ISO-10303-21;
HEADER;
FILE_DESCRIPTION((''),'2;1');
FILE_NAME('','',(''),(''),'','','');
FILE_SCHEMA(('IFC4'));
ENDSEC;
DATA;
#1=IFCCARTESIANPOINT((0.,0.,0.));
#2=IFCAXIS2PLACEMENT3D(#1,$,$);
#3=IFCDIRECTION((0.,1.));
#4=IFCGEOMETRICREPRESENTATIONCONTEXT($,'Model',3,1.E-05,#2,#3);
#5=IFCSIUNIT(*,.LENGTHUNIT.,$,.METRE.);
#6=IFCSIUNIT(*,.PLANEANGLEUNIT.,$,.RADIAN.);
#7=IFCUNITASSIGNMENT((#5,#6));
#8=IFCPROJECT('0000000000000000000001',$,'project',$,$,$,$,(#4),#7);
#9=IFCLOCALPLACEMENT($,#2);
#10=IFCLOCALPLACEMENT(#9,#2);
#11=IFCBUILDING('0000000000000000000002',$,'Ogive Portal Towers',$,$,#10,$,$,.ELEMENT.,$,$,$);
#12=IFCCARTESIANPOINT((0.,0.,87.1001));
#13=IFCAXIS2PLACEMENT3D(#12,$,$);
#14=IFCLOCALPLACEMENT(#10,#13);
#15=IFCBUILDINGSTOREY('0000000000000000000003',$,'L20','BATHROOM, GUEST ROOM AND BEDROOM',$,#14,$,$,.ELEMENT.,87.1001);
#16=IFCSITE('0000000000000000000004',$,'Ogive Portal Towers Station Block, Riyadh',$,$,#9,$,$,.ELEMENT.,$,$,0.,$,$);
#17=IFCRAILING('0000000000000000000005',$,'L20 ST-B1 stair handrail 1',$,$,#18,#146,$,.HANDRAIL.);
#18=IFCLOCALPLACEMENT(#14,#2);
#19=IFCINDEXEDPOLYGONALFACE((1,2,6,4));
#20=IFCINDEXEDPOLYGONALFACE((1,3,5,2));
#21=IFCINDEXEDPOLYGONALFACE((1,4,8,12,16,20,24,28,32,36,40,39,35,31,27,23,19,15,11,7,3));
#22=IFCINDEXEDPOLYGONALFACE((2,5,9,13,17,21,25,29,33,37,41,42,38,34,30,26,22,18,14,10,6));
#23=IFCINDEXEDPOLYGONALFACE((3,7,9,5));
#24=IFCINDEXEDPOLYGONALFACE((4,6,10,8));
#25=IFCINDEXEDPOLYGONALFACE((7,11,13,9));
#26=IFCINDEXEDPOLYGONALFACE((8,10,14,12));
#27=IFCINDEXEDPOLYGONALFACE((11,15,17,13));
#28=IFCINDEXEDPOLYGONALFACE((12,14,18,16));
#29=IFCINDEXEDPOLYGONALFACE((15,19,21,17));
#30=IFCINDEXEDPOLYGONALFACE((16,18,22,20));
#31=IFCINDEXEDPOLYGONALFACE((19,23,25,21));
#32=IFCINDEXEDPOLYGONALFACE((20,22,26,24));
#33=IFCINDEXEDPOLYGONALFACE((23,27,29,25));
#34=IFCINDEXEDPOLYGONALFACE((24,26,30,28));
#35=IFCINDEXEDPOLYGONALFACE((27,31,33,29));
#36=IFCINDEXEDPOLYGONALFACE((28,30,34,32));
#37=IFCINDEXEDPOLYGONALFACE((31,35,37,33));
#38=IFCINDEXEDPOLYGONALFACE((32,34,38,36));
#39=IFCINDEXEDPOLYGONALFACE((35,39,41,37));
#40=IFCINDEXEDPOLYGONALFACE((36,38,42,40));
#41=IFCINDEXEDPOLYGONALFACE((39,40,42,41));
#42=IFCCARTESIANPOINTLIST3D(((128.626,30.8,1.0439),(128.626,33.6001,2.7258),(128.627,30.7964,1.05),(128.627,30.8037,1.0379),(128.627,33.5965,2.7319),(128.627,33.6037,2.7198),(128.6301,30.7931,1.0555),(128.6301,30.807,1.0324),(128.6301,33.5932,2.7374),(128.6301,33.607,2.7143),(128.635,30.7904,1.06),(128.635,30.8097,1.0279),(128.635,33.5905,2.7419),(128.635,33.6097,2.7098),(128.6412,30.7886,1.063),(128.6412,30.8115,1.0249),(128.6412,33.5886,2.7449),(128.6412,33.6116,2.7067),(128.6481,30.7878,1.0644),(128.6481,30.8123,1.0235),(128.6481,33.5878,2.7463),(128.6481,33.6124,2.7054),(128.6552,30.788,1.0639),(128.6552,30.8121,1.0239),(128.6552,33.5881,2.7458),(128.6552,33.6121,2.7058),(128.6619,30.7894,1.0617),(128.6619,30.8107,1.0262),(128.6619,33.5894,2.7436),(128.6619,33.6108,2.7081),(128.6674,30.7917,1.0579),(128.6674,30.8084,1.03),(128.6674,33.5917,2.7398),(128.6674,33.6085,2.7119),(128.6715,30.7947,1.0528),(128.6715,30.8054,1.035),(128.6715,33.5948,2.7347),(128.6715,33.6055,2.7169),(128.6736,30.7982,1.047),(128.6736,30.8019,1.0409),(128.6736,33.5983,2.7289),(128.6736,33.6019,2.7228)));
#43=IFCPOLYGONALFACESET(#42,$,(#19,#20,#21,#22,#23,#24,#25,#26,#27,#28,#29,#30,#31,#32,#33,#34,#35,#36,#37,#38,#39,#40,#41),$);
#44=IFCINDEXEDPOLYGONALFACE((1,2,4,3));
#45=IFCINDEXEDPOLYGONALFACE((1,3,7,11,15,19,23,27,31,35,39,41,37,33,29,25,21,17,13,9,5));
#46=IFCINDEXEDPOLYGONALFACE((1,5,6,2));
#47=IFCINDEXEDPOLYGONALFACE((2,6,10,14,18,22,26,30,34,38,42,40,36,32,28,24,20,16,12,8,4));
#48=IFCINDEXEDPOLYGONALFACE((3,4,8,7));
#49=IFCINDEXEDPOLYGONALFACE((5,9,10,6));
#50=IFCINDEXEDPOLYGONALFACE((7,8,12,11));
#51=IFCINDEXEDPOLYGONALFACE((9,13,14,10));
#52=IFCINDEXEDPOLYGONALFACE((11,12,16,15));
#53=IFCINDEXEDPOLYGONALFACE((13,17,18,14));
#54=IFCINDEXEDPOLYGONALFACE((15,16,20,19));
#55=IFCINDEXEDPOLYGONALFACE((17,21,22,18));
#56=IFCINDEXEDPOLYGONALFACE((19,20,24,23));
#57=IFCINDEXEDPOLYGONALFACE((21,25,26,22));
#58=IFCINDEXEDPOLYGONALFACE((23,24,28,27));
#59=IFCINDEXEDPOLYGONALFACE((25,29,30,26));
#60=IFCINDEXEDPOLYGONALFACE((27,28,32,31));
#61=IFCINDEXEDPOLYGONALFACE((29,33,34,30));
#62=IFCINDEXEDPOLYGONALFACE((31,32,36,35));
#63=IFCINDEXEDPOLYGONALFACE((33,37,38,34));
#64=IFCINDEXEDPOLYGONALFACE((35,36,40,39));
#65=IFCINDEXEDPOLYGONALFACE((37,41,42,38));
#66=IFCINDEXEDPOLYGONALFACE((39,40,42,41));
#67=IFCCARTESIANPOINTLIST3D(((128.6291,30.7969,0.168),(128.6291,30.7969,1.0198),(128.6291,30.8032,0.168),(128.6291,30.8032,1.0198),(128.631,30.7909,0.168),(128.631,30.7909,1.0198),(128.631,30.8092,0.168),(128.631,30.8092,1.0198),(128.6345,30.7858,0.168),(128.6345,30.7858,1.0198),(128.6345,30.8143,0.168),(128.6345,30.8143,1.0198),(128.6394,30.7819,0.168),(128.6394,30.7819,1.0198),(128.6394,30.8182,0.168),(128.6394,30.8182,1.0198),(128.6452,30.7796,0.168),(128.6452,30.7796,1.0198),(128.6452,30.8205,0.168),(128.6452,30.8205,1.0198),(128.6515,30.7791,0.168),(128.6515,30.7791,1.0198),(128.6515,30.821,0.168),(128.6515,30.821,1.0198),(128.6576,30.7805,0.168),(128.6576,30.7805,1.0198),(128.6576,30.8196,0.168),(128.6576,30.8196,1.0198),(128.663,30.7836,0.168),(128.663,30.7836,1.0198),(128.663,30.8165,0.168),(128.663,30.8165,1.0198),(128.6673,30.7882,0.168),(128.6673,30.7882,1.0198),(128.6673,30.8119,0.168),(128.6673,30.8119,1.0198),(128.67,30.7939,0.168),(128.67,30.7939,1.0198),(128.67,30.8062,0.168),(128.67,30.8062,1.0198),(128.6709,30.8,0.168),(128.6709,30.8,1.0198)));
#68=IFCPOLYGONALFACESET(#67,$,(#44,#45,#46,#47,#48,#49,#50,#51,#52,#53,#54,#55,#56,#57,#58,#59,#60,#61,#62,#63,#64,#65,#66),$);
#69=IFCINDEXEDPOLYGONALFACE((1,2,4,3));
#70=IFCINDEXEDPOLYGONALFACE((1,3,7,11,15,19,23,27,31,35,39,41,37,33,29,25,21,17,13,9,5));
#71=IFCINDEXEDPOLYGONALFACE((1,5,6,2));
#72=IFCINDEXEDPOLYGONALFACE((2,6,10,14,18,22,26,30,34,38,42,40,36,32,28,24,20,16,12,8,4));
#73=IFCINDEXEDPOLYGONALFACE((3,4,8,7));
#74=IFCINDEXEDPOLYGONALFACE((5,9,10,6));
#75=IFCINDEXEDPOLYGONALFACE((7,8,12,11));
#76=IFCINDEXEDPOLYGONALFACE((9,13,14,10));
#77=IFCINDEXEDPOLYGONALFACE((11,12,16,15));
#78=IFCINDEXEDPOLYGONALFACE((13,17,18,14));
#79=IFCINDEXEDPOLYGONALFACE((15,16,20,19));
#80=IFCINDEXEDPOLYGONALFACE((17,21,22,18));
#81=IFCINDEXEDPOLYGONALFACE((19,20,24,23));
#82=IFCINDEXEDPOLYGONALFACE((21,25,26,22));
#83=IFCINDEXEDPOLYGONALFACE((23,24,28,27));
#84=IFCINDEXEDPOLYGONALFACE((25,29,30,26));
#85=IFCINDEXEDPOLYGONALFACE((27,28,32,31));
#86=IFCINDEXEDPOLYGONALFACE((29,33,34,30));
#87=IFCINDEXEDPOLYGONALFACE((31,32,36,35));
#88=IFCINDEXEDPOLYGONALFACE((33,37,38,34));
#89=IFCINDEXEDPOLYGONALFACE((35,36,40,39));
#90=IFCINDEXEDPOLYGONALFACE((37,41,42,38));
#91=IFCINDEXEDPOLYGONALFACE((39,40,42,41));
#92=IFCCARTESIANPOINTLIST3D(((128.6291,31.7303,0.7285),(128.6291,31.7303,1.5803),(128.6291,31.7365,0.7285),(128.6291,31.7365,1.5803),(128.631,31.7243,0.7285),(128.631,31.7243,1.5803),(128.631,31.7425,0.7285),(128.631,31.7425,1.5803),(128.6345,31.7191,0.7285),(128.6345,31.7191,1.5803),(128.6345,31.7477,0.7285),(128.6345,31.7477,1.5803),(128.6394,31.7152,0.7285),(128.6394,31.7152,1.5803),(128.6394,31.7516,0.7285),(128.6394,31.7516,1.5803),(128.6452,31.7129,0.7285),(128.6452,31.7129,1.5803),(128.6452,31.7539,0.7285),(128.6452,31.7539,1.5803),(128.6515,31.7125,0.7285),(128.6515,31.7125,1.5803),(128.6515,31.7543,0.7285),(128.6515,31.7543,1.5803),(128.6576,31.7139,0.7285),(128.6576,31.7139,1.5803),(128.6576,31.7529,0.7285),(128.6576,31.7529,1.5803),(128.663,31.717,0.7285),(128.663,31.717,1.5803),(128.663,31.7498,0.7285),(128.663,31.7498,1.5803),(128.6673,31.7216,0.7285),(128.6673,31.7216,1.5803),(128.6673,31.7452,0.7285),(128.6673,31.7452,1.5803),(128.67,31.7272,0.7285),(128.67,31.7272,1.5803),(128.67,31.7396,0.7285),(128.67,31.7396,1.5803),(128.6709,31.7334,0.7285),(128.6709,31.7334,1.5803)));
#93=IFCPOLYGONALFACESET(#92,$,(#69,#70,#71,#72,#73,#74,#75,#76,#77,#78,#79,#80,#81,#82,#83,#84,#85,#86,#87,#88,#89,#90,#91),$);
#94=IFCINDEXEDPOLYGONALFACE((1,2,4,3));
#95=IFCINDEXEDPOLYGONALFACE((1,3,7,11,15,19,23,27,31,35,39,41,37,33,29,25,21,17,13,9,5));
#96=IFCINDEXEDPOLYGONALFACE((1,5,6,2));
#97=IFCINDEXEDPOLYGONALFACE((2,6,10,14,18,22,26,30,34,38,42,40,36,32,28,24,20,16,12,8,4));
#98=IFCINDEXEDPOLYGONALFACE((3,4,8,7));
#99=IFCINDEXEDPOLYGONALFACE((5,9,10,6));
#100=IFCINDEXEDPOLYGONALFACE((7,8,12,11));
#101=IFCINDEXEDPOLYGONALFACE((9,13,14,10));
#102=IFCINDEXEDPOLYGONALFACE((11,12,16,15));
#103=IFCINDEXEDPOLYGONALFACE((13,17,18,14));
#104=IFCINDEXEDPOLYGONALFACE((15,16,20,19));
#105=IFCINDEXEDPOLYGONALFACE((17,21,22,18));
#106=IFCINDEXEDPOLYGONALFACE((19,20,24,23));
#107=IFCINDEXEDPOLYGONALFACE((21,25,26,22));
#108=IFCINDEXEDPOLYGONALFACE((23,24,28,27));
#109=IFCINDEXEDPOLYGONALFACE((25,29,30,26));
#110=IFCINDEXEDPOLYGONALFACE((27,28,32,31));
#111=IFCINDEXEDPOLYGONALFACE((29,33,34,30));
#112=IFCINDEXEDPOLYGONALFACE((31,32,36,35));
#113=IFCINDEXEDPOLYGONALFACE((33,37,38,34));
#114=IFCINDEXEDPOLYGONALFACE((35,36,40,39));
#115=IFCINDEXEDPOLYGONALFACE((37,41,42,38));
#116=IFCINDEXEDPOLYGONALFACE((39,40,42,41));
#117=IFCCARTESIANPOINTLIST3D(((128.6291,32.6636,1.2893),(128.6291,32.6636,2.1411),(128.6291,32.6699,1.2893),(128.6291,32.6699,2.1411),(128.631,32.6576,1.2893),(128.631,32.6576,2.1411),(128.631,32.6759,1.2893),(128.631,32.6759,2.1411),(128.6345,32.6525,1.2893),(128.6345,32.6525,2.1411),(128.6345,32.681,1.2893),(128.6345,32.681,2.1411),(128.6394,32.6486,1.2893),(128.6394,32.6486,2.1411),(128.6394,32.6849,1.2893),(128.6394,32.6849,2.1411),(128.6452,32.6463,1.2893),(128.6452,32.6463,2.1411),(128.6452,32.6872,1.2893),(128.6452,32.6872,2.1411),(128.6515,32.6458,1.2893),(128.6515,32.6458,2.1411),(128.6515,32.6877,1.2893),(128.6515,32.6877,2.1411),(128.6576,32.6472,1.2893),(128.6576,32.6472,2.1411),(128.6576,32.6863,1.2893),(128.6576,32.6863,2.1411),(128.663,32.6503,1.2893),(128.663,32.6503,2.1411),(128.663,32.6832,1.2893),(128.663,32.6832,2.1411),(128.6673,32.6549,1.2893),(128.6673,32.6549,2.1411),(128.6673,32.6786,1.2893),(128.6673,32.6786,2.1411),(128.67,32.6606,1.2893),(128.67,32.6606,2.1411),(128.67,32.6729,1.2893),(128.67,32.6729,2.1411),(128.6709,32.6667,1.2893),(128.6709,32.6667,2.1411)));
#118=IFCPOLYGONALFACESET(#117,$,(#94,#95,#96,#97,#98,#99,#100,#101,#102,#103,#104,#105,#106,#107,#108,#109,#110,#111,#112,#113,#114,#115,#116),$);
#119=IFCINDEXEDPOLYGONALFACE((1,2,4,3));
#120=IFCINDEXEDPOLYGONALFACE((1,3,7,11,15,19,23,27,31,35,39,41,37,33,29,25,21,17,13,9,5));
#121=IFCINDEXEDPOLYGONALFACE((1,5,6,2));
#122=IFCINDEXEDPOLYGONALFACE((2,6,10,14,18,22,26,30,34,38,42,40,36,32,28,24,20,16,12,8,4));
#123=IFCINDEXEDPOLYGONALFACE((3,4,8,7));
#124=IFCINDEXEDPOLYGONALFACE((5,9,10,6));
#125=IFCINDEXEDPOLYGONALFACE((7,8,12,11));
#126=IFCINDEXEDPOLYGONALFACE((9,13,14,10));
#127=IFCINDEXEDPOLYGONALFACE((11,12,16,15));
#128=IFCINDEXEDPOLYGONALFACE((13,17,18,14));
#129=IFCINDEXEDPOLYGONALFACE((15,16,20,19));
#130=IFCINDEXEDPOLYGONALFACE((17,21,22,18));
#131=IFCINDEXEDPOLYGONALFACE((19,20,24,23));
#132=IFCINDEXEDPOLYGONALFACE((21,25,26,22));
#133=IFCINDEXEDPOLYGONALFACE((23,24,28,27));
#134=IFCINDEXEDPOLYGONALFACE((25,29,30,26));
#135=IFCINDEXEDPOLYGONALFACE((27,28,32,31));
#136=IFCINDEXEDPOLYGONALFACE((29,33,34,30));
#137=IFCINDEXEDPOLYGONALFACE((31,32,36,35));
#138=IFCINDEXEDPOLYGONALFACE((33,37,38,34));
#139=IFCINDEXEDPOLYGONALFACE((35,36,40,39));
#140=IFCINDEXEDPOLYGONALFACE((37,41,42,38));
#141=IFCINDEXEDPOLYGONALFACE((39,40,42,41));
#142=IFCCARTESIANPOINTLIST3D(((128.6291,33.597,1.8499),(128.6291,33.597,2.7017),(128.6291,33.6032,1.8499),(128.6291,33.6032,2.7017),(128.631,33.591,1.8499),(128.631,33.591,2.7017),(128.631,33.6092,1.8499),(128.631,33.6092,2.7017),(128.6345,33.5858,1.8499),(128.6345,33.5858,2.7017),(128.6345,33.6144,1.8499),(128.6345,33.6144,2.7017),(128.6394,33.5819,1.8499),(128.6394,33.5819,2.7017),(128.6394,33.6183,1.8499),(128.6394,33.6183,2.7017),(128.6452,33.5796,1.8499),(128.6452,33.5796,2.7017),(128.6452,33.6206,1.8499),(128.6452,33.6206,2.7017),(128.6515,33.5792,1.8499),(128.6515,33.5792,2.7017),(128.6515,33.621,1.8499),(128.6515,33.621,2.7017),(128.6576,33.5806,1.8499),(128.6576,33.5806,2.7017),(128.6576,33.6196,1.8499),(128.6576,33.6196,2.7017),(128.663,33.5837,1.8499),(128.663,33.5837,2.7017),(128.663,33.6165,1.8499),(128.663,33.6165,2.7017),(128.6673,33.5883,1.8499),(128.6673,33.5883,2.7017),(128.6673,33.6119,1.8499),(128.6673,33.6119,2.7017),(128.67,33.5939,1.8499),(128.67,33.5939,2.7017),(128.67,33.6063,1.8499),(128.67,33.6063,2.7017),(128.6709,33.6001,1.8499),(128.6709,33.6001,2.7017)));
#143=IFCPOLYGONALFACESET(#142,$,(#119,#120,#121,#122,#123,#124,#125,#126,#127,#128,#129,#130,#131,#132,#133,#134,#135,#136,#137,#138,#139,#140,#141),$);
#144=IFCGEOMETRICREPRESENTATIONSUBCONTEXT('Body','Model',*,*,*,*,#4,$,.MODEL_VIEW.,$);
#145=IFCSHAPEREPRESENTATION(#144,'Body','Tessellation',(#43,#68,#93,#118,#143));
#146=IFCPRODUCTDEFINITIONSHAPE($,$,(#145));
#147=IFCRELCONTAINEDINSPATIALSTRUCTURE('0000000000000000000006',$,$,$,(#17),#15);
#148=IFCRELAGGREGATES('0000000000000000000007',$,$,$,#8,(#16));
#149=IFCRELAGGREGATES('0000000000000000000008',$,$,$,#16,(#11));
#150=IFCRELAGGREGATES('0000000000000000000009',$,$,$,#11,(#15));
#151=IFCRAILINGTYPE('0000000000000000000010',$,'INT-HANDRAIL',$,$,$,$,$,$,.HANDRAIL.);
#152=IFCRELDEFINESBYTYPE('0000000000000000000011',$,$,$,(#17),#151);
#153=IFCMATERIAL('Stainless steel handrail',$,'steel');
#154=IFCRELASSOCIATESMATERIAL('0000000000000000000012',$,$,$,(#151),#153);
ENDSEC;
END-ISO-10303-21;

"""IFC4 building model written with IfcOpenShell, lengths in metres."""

from ifc_helpers import new_model, si_unit, direction, frame, origin, origin_2d, place, context, subcontext, project, spatial, circle, extrude, material, type_object, element, save


model = new_model("IFC4")

# Units and contexts
model_context = context("Model", 3, precision=1e-05, world=origin(), true_north=direction((0.0, 1.0)))
body_context = subcontext(model_context, "Body", "Model", "MODEL_VIEW")
ifc_project = project(units=[si_unit("LENGTHUNIT", "METRE"), si_unit("PLANEANGLEUNIT", "RADIAN")], contexts=[model_context])

# Site, building, storey
site_placement = place(None, origin())
site = spatial("IfcSite", under=ifc_project, at=site_placement, Name="Ogive Portal Towers Station Block, Riyadh", CompositionType="ELEMENT", RefElevation=0.0)
building_placement = place(site_placement, origin())
building = spatial("IfcBuilding", under=site, at=building_placement, Name="Ogive Portal Towers", CompositionType="ELEMENT")
storey_placement = place(building_placement, frame((0.0, 0.0, 87.1001)))
storey = spatial("IfcBuildingStorey", under=building, at=storey_placement, Name="L20", Description="BATHROOM, GUEST ROOM AND BEDROOM", CompositionType="ELEMENT", Elevation=87.1001)

# Railing
ifc_material_1 = material(Name="Stainless steel handrail", Category="steel")
railing_type_1 = type_object("IfcRailingType", Name="INT-HANDRAIL", PredefinedType="HANDRAIL", material=ifc_material_1)
railing_1_placement = place(storey_placement, frame((128.6499, 30.8, 0.168)))
element("IfcRailing", 1, at=railing_1_placement, inside=storey, type_object=railing_type_1, Name="L20 ST-B1 stair handrail 1", PredefinedType="HANDRAIL", context=body_context, shape_type="SweptSolid", body=[
    extrude(circle(Radius=0.0239, at=origin_2d()), frame((0.0, 0.0, 0.876), z_axis=(0.0, 0.857242, 0.514913), x_axis=(-1.0, 0.0, 0.0)), (0.0, 0.0, 1.0), 3.2664),
    extrude(circle(Radius=0.021, at=origin_2d()), origin(), (0.0, 0.0, 1.0), 0.8518),
    extrude(circle(Radius=0.021, at=origin_2d()), frame((0.0, 0.9333, 0.5605)), (0.0, 0.0, 1.0), 0.8518),
    extrude(circle(Radius=0.021, at=origin_2d()), frame((0.0, 1.8667, 1.1213)), (0.0, 0.0, 1.0), 0.8518),
    extrude(circle(Radius=0.021, at=origin_2d()), frame((0.0, 2.8, 1.6819)), (0.0, 0.0, 1.0), 0.8518),
])

save(model, "model.ifc")
